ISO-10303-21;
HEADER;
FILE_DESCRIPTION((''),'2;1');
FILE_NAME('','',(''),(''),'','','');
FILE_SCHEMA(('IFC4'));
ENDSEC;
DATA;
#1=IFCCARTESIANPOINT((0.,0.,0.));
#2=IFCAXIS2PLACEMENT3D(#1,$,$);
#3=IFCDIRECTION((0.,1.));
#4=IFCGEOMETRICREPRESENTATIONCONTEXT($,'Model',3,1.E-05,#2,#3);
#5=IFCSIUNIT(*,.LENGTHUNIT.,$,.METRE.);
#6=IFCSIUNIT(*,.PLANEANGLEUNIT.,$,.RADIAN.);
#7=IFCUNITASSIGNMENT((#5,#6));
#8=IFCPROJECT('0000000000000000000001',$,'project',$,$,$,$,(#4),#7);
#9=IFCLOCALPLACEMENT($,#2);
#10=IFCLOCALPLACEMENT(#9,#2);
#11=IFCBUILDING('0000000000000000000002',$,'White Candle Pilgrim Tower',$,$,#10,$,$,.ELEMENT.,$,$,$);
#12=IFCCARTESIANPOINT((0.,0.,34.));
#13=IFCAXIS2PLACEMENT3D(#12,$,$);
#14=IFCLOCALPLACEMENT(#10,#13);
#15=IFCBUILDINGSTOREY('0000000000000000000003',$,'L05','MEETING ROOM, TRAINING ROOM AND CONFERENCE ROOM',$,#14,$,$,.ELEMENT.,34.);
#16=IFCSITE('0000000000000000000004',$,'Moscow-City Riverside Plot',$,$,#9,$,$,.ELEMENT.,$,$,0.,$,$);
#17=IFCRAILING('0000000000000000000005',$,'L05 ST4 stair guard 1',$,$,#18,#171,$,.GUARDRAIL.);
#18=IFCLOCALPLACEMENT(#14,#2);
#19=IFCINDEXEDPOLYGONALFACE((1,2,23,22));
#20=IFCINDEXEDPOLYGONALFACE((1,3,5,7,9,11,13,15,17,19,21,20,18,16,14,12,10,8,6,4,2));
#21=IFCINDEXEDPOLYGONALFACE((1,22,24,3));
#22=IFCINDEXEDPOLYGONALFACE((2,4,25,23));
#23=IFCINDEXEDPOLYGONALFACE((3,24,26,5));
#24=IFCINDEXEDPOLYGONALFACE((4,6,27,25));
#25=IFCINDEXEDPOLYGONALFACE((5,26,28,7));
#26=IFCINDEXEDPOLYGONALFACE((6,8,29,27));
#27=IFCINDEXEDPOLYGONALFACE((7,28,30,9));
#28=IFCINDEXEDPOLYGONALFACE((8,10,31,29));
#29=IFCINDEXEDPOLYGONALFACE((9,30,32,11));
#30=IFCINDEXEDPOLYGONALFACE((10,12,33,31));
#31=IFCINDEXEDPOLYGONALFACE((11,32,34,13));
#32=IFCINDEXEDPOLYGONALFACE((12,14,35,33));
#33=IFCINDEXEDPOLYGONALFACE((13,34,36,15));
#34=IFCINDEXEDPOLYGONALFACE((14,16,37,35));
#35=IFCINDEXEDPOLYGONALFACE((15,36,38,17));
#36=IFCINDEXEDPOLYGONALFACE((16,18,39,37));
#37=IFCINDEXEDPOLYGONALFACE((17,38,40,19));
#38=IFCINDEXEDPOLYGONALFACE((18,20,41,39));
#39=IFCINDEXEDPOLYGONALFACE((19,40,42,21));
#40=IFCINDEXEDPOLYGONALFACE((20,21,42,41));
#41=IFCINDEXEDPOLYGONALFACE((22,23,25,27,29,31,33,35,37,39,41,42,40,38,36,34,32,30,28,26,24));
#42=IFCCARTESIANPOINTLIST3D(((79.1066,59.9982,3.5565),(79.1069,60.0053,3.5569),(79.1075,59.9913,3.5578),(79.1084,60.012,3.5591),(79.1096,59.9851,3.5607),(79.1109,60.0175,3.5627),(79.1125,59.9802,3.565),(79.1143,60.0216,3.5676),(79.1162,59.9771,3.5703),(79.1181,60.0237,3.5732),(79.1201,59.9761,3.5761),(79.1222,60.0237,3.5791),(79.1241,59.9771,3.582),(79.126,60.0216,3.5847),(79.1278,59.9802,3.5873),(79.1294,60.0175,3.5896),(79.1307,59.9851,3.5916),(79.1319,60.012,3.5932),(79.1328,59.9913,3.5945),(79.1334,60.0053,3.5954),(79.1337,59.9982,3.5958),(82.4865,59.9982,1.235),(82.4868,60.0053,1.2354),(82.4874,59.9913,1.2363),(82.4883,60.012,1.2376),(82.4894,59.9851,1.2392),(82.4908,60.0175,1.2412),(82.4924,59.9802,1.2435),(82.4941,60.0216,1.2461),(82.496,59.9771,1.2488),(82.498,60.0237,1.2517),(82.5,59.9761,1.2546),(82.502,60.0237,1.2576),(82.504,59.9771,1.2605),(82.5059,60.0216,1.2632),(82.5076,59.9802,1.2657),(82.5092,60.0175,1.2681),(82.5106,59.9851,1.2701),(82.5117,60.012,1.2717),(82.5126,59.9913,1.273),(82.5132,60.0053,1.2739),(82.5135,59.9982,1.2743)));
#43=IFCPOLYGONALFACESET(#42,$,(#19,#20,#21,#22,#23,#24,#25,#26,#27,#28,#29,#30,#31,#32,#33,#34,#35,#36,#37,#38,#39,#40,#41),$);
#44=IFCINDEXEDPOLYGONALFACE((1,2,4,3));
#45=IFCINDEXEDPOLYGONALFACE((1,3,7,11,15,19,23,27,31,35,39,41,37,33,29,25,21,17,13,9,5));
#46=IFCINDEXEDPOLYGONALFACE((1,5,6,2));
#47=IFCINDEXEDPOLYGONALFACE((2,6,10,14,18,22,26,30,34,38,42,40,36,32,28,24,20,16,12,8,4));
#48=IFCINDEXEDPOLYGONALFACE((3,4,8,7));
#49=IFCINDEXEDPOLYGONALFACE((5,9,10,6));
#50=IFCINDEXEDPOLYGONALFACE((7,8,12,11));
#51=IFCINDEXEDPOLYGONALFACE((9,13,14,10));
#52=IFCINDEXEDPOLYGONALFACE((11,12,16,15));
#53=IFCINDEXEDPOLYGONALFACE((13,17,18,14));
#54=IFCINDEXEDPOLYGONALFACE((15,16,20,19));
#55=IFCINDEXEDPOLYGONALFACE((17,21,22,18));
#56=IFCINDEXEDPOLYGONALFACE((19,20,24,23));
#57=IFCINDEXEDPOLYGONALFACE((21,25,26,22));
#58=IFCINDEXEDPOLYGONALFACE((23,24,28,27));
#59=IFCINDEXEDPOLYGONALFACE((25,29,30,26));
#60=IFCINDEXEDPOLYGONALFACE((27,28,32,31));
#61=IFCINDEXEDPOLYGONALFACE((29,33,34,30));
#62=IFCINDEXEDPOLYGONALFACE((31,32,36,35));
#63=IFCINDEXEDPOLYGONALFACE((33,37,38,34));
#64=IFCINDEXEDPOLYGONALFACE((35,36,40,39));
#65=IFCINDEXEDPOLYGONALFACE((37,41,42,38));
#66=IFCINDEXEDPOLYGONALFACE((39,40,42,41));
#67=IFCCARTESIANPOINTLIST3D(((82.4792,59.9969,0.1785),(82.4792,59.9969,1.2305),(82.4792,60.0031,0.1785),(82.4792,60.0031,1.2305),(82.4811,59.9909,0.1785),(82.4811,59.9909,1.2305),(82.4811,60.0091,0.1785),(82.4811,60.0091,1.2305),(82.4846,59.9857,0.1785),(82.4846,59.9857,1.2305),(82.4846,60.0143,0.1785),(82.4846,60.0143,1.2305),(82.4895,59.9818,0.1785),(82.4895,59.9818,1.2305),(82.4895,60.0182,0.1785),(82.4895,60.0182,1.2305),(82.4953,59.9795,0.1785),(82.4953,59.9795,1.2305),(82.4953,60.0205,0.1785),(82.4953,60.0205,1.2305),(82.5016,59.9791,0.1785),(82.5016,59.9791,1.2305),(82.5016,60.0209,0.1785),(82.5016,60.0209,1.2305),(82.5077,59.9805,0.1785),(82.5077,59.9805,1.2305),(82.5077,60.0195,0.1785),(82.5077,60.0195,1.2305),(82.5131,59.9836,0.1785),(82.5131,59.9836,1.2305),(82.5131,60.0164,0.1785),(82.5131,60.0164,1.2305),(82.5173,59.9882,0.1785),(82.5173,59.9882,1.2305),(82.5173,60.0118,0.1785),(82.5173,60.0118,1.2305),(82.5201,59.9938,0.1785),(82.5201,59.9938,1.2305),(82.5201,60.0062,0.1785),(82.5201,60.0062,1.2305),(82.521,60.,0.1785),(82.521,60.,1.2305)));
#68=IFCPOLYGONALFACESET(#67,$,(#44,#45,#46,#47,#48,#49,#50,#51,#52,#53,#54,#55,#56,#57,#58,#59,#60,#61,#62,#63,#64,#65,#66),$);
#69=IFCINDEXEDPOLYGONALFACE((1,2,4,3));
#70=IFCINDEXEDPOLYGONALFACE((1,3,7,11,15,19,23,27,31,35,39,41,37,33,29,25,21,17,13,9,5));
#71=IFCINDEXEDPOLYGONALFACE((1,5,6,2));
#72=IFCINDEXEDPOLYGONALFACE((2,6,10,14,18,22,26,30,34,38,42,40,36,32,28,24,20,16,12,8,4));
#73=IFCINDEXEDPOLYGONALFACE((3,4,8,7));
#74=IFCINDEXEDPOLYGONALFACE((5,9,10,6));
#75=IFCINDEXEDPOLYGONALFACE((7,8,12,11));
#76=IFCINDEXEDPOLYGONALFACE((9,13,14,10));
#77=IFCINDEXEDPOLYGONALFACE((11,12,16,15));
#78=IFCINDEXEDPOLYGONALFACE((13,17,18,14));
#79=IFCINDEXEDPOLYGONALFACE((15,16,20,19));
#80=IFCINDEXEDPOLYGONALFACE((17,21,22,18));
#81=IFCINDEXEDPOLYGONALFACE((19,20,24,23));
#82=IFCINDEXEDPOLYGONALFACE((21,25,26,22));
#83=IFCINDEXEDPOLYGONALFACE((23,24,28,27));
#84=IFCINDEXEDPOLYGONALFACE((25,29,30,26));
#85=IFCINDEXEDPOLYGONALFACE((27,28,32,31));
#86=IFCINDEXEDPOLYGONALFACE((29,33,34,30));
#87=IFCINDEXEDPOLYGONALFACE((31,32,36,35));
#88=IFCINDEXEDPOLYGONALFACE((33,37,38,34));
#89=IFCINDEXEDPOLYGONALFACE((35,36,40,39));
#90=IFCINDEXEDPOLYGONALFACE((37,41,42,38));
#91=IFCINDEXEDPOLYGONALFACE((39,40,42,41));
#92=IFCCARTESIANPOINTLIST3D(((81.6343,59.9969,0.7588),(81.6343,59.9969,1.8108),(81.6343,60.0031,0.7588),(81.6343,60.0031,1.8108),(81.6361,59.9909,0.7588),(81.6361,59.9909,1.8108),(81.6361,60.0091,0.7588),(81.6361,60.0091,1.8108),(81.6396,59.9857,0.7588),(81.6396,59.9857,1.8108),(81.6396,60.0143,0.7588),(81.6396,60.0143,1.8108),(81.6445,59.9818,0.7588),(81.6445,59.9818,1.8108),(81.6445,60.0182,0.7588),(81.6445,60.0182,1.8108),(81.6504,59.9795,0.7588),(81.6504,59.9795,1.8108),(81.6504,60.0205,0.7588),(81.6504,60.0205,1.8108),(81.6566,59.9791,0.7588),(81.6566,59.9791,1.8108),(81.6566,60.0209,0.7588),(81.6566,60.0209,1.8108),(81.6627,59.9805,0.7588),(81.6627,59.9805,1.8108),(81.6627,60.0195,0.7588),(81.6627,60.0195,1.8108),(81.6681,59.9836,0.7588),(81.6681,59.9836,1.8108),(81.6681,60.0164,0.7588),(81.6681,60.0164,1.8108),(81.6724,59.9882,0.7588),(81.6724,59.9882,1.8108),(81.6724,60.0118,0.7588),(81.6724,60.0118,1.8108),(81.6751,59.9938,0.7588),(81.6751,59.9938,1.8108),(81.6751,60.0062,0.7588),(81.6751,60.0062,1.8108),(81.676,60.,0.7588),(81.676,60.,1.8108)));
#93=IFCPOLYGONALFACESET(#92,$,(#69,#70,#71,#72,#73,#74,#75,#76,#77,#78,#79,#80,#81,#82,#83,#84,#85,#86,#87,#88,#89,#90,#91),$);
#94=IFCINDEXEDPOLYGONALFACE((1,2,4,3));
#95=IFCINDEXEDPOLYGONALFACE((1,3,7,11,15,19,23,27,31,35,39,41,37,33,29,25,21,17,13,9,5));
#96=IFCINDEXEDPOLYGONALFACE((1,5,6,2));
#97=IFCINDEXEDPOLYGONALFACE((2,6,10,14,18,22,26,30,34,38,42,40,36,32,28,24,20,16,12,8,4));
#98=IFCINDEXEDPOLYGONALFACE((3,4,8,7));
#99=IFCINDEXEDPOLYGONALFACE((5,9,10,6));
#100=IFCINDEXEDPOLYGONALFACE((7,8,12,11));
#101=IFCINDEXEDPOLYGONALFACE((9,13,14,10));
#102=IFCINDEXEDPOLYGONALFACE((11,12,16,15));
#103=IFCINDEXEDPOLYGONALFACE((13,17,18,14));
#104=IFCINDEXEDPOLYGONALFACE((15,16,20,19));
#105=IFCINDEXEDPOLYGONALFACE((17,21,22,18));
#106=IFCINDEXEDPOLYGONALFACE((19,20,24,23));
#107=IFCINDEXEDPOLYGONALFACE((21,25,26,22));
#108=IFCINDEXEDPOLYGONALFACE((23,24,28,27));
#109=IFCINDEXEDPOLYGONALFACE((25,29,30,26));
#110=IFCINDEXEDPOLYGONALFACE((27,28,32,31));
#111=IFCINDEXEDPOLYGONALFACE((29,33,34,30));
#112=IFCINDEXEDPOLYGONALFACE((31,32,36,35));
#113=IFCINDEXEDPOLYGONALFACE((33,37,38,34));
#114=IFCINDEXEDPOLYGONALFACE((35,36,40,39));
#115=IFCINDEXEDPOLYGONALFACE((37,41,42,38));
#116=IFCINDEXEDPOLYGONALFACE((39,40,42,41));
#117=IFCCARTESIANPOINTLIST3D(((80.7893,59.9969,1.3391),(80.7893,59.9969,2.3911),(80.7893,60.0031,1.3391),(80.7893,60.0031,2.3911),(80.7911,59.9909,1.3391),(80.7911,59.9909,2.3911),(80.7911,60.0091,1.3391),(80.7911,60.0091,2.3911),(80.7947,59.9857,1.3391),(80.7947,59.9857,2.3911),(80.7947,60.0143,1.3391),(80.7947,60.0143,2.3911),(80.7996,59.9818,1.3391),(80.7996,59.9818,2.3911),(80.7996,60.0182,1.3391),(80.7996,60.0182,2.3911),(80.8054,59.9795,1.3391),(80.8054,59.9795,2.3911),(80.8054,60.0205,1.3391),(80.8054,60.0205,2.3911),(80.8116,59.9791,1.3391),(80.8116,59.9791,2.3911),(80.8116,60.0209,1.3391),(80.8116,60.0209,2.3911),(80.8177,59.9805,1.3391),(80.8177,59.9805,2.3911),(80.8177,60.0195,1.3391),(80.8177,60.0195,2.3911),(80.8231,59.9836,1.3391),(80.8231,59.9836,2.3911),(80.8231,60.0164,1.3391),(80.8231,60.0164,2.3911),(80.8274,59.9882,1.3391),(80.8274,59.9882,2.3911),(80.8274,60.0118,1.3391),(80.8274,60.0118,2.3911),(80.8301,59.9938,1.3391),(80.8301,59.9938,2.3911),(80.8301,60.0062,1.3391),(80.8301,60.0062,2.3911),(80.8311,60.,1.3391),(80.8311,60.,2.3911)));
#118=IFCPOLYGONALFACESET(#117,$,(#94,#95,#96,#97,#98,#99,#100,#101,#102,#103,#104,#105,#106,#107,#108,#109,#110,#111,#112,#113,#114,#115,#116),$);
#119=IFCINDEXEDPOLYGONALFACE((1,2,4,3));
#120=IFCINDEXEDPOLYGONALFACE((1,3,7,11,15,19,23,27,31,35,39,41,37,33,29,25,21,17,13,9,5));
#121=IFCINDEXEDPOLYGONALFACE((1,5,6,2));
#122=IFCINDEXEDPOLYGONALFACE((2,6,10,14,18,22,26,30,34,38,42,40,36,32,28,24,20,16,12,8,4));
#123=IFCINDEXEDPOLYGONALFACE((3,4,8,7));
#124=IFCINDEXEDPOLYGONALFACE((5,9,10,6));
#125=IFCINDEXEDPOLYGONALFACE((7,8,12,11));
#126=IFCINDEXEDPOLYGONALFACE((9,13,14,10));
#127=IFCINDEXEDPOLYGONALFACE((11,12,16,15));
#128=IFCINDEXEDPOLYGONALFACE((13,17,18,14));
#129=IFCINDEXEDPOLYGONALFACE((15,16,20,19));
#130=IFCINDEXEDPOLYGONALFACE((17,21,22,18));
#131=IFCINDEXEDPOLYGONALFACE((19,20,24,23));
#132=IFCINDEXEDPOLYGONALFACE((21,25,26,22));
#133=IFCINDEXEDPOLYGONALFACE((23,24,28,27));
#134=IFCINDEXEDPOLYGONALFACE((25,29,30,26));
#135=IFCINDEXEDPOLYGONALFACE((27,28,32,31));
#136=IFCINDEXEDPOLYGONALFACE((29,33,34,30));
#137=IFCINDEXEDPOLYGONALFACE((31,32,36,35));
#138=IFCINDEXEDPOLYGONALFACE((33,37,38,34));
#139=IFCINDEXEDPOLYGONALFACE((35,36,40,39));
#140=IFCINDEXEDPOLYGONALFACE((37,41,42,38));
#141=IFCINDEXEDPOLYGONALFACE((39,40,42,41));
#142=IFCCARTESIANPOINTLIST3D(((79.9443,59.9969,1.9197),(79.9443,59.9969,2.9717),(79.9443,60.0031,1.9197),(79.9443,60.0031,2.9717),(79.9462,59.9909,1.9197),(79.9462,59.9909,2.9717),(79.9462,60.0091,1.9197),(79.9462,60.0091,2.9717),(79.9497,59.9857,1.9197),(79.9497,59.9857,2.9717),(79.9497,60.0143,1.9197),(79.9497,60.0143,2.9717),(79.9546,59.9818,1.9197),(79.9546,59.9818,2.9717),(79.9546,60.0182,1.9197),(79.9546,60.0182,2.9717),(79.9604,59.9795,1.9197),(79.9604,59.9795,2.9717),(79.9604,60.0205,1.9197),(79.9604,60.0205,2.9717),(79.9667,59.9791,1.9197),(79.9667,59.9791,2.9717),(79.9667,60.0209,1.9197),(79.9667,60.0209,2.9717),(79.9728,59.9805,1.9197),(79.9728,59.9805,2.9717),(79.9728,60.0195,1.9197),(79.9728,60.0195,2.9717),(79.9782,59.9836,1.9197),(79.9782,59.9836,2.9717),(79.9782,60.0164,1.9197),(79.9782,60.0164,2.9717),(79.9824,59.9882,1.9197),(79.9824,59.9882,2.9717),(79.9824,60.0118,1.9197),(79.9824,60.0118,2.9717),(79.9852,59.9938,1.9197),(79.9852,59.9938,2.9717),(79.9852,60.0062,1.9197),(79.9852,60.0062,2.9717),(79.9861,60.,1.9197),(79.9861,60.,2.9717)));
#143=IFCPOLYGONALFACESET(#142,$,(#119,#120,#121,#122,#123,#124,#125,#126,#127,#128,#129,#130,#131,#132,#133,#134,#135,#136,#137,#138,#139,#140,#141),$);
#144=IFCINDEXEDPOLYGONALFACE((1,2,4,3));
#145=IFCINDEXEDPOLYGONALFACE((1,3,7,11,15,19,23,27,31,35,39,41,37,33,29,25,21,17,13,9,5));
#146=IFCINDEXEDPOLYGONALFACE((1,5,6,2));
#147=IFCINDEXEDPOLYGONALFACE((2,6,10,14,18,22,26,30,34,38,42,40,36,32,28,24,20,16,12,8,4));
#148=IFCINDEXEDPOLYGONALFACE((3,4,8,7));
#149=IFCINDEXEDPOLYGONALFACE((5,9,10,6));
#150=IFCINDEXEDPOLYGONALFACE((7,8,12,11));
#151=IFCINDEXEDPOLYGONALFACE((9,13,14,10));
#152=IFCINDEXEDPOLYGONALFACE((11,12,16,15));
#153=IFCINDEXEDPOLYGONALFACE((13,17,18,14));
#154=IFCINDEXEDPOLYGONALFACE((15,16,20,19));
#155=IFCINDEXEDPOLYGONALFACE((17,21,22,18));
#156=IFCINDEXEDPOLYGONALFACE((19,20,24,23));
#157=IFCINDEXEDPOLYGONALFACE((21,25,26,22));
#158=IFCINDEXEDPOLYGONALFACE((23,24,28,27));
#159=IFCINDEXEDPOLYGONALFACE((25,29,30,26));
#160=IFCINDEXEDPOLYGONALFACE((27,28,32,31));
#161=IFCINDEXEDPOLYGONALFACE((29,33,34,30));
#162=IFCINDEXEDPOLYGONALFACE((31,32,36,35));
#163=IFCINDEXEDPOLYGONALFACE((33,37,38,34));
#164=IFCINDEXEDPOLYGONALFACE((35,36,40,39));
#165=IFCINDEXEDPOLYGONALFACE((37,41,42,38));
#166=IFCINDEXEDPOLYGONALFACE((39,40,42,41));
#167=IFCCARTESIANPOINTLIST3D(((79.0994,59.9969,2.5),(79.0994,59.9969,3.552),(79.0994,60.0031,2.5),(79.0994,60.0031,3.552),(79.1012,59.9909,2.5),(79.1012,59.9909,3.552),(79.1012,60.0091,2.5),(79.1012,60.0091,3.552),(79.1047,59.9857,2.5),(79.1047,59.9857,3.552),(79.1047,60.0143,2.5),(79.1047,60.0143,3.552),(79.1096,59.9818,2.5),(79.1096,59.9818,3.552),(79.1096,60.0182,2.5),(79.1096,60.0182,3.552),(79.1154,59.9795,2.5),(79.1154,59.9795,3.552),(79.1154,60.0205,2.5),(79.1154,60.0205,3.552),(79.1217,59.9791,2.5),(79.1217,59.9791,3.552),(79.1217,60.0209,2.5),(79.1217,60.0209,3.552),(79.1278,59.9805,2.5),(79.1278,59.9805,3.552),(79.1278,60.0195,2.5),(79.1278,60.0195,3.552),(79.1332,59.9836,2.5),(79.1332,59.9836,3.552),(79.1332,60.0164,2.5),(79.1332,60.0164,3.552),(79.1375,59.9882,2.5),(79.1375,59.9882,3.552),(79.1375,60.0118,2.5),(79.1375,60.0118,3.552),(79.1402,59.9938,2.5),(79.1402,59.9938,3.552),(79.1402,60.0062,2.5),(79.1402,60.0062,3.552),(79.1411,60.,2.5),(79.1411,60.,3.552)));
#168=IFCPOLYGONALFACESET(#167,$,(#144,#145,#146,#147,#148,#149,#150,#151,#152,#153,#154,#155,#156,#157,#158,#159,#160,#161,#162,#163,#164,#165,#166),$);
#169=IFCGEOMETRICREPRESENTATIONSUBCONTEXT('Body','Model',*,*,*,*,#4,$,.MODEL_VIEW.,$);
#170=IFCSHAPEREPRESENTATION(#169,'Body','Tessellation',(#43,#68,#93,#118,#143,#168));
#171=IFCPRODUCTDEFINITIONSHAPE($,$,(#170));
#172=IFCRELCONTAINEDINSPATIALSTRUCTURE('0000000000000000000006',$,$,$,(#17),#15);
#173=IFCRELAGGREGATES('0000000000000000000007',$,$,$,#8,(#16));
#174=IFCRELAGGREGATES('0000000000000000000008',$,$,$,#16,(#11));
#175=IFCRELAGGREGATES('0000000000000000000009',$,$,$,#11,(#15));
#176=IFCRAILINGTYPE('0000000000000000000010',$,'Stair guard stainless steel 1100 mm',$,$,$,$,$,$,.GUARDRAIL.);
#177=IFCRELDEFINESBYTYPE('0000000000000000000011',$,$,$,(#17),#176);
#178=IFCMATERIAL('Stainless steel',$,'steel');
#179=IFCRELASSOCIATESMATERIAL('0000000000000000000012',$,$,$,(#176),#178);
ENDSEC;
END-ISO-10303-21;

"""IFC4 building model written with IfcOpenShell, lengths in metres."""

from ifc_helpers import new_model, si_unit, direction, frame, origin, origin_2d, place, context, subcontext, project, spatial, circle, extrude, material, type_object, element, save


model = new_model("IFC4")

# Units and contexts
model_context = context("Model", 3, precision=1e-05, world=origin(), true_north=direction((0.0, 1.0)))
body_context = subcontext(model_context, "Body", "Model", "MODEL_VIEW")
ifc_project = project(units=[si_unit("LENGTHUNIT", "METRE"), si_unit("PLANEANGLEUNIT", "RADIAN")], contexts=[model_context])

# Site, building, storey
site_placement = place(None, origin())
site = spatial("IfcSite", under=ifc_project, at=site_placement, Name="Moscow-City Riverside Plot", CompositionType="ELEMENT", RefElevation=0.0)
building_placement = place(site_placement, origin())
building = spatial("IfcBuilding", under=site, at=building_placement, Name="White Candle Pilgrim Tower", CompositionType="ELEMENT")
storey_placement = place(building_placement, frame((0.0, 0.0, 34.0)))
storey = spatial("IfcBuildingStorey", under=building, at=storey_placement, Name="L05", Description="MEETING ROOM, TRAINING ROOM AND CONFERENCE ROOM", CompositionType="ELEMENT", Elevation=34.0)

# Railing
ifc_material_1 = material(Name="Stainless steel", Category="steel")
railing_type_1 = type_object("IfcRailingType", Name="Stair guard stainless steel 1100 mm", PredefinedType="GUARDRAIL", material=ifc_material_1)
railing_1_placement = place(storey_placement, frame((82.5, 60.0, 0.1785)))
element("IfcRailing", 1, at=railing_1_placement, inside=storey, type_object=railing_type_1, Name="L05 ST4 stair guard 1", PredefinedType="GUARDRAIL", context=body_context, shape_type="SweptSolid", body=[
    extrude(circle(Radius=0.0239, at=origin_2d()), frame((0.0, 0.0, 1.0762), z_axis=(-0.824285, 0.0, 0.566175), x_axis=(0.0, -1.0, 0.0)), (0.0, 0.0, 1.0), 4.1003),
    extrude(circle(Radius=0.021, at=origin_2d()), origin(), (0.0, 0.0, 1.0), 1.052),
    extrude(circle(Radius=0.021, at=origin_2d()), frame((-0.845, 0.0, 0.5803)), (0.0, 0.0, 1.0), 1.052),
    extrude(circle(Radius=0.021, at=origin_2d()), frame((-1.6899, 0.0, 1.1606)), (0.0, 0.0, 1.0), 1.052),
    extrude(circle(Radius=0.021, at=origin_2d()), frame((-2.5349, 0.0, 1.7412)), (0.0, 0.0, 1.0), 1.052),
    extrude(circle(Radius=0.021, at=origin_2d()), frame((-3.3799, 0.0, 2.3215)), (0.0, 0.0, 1.0), 1.052),
])

save(model, "model.ifc")
